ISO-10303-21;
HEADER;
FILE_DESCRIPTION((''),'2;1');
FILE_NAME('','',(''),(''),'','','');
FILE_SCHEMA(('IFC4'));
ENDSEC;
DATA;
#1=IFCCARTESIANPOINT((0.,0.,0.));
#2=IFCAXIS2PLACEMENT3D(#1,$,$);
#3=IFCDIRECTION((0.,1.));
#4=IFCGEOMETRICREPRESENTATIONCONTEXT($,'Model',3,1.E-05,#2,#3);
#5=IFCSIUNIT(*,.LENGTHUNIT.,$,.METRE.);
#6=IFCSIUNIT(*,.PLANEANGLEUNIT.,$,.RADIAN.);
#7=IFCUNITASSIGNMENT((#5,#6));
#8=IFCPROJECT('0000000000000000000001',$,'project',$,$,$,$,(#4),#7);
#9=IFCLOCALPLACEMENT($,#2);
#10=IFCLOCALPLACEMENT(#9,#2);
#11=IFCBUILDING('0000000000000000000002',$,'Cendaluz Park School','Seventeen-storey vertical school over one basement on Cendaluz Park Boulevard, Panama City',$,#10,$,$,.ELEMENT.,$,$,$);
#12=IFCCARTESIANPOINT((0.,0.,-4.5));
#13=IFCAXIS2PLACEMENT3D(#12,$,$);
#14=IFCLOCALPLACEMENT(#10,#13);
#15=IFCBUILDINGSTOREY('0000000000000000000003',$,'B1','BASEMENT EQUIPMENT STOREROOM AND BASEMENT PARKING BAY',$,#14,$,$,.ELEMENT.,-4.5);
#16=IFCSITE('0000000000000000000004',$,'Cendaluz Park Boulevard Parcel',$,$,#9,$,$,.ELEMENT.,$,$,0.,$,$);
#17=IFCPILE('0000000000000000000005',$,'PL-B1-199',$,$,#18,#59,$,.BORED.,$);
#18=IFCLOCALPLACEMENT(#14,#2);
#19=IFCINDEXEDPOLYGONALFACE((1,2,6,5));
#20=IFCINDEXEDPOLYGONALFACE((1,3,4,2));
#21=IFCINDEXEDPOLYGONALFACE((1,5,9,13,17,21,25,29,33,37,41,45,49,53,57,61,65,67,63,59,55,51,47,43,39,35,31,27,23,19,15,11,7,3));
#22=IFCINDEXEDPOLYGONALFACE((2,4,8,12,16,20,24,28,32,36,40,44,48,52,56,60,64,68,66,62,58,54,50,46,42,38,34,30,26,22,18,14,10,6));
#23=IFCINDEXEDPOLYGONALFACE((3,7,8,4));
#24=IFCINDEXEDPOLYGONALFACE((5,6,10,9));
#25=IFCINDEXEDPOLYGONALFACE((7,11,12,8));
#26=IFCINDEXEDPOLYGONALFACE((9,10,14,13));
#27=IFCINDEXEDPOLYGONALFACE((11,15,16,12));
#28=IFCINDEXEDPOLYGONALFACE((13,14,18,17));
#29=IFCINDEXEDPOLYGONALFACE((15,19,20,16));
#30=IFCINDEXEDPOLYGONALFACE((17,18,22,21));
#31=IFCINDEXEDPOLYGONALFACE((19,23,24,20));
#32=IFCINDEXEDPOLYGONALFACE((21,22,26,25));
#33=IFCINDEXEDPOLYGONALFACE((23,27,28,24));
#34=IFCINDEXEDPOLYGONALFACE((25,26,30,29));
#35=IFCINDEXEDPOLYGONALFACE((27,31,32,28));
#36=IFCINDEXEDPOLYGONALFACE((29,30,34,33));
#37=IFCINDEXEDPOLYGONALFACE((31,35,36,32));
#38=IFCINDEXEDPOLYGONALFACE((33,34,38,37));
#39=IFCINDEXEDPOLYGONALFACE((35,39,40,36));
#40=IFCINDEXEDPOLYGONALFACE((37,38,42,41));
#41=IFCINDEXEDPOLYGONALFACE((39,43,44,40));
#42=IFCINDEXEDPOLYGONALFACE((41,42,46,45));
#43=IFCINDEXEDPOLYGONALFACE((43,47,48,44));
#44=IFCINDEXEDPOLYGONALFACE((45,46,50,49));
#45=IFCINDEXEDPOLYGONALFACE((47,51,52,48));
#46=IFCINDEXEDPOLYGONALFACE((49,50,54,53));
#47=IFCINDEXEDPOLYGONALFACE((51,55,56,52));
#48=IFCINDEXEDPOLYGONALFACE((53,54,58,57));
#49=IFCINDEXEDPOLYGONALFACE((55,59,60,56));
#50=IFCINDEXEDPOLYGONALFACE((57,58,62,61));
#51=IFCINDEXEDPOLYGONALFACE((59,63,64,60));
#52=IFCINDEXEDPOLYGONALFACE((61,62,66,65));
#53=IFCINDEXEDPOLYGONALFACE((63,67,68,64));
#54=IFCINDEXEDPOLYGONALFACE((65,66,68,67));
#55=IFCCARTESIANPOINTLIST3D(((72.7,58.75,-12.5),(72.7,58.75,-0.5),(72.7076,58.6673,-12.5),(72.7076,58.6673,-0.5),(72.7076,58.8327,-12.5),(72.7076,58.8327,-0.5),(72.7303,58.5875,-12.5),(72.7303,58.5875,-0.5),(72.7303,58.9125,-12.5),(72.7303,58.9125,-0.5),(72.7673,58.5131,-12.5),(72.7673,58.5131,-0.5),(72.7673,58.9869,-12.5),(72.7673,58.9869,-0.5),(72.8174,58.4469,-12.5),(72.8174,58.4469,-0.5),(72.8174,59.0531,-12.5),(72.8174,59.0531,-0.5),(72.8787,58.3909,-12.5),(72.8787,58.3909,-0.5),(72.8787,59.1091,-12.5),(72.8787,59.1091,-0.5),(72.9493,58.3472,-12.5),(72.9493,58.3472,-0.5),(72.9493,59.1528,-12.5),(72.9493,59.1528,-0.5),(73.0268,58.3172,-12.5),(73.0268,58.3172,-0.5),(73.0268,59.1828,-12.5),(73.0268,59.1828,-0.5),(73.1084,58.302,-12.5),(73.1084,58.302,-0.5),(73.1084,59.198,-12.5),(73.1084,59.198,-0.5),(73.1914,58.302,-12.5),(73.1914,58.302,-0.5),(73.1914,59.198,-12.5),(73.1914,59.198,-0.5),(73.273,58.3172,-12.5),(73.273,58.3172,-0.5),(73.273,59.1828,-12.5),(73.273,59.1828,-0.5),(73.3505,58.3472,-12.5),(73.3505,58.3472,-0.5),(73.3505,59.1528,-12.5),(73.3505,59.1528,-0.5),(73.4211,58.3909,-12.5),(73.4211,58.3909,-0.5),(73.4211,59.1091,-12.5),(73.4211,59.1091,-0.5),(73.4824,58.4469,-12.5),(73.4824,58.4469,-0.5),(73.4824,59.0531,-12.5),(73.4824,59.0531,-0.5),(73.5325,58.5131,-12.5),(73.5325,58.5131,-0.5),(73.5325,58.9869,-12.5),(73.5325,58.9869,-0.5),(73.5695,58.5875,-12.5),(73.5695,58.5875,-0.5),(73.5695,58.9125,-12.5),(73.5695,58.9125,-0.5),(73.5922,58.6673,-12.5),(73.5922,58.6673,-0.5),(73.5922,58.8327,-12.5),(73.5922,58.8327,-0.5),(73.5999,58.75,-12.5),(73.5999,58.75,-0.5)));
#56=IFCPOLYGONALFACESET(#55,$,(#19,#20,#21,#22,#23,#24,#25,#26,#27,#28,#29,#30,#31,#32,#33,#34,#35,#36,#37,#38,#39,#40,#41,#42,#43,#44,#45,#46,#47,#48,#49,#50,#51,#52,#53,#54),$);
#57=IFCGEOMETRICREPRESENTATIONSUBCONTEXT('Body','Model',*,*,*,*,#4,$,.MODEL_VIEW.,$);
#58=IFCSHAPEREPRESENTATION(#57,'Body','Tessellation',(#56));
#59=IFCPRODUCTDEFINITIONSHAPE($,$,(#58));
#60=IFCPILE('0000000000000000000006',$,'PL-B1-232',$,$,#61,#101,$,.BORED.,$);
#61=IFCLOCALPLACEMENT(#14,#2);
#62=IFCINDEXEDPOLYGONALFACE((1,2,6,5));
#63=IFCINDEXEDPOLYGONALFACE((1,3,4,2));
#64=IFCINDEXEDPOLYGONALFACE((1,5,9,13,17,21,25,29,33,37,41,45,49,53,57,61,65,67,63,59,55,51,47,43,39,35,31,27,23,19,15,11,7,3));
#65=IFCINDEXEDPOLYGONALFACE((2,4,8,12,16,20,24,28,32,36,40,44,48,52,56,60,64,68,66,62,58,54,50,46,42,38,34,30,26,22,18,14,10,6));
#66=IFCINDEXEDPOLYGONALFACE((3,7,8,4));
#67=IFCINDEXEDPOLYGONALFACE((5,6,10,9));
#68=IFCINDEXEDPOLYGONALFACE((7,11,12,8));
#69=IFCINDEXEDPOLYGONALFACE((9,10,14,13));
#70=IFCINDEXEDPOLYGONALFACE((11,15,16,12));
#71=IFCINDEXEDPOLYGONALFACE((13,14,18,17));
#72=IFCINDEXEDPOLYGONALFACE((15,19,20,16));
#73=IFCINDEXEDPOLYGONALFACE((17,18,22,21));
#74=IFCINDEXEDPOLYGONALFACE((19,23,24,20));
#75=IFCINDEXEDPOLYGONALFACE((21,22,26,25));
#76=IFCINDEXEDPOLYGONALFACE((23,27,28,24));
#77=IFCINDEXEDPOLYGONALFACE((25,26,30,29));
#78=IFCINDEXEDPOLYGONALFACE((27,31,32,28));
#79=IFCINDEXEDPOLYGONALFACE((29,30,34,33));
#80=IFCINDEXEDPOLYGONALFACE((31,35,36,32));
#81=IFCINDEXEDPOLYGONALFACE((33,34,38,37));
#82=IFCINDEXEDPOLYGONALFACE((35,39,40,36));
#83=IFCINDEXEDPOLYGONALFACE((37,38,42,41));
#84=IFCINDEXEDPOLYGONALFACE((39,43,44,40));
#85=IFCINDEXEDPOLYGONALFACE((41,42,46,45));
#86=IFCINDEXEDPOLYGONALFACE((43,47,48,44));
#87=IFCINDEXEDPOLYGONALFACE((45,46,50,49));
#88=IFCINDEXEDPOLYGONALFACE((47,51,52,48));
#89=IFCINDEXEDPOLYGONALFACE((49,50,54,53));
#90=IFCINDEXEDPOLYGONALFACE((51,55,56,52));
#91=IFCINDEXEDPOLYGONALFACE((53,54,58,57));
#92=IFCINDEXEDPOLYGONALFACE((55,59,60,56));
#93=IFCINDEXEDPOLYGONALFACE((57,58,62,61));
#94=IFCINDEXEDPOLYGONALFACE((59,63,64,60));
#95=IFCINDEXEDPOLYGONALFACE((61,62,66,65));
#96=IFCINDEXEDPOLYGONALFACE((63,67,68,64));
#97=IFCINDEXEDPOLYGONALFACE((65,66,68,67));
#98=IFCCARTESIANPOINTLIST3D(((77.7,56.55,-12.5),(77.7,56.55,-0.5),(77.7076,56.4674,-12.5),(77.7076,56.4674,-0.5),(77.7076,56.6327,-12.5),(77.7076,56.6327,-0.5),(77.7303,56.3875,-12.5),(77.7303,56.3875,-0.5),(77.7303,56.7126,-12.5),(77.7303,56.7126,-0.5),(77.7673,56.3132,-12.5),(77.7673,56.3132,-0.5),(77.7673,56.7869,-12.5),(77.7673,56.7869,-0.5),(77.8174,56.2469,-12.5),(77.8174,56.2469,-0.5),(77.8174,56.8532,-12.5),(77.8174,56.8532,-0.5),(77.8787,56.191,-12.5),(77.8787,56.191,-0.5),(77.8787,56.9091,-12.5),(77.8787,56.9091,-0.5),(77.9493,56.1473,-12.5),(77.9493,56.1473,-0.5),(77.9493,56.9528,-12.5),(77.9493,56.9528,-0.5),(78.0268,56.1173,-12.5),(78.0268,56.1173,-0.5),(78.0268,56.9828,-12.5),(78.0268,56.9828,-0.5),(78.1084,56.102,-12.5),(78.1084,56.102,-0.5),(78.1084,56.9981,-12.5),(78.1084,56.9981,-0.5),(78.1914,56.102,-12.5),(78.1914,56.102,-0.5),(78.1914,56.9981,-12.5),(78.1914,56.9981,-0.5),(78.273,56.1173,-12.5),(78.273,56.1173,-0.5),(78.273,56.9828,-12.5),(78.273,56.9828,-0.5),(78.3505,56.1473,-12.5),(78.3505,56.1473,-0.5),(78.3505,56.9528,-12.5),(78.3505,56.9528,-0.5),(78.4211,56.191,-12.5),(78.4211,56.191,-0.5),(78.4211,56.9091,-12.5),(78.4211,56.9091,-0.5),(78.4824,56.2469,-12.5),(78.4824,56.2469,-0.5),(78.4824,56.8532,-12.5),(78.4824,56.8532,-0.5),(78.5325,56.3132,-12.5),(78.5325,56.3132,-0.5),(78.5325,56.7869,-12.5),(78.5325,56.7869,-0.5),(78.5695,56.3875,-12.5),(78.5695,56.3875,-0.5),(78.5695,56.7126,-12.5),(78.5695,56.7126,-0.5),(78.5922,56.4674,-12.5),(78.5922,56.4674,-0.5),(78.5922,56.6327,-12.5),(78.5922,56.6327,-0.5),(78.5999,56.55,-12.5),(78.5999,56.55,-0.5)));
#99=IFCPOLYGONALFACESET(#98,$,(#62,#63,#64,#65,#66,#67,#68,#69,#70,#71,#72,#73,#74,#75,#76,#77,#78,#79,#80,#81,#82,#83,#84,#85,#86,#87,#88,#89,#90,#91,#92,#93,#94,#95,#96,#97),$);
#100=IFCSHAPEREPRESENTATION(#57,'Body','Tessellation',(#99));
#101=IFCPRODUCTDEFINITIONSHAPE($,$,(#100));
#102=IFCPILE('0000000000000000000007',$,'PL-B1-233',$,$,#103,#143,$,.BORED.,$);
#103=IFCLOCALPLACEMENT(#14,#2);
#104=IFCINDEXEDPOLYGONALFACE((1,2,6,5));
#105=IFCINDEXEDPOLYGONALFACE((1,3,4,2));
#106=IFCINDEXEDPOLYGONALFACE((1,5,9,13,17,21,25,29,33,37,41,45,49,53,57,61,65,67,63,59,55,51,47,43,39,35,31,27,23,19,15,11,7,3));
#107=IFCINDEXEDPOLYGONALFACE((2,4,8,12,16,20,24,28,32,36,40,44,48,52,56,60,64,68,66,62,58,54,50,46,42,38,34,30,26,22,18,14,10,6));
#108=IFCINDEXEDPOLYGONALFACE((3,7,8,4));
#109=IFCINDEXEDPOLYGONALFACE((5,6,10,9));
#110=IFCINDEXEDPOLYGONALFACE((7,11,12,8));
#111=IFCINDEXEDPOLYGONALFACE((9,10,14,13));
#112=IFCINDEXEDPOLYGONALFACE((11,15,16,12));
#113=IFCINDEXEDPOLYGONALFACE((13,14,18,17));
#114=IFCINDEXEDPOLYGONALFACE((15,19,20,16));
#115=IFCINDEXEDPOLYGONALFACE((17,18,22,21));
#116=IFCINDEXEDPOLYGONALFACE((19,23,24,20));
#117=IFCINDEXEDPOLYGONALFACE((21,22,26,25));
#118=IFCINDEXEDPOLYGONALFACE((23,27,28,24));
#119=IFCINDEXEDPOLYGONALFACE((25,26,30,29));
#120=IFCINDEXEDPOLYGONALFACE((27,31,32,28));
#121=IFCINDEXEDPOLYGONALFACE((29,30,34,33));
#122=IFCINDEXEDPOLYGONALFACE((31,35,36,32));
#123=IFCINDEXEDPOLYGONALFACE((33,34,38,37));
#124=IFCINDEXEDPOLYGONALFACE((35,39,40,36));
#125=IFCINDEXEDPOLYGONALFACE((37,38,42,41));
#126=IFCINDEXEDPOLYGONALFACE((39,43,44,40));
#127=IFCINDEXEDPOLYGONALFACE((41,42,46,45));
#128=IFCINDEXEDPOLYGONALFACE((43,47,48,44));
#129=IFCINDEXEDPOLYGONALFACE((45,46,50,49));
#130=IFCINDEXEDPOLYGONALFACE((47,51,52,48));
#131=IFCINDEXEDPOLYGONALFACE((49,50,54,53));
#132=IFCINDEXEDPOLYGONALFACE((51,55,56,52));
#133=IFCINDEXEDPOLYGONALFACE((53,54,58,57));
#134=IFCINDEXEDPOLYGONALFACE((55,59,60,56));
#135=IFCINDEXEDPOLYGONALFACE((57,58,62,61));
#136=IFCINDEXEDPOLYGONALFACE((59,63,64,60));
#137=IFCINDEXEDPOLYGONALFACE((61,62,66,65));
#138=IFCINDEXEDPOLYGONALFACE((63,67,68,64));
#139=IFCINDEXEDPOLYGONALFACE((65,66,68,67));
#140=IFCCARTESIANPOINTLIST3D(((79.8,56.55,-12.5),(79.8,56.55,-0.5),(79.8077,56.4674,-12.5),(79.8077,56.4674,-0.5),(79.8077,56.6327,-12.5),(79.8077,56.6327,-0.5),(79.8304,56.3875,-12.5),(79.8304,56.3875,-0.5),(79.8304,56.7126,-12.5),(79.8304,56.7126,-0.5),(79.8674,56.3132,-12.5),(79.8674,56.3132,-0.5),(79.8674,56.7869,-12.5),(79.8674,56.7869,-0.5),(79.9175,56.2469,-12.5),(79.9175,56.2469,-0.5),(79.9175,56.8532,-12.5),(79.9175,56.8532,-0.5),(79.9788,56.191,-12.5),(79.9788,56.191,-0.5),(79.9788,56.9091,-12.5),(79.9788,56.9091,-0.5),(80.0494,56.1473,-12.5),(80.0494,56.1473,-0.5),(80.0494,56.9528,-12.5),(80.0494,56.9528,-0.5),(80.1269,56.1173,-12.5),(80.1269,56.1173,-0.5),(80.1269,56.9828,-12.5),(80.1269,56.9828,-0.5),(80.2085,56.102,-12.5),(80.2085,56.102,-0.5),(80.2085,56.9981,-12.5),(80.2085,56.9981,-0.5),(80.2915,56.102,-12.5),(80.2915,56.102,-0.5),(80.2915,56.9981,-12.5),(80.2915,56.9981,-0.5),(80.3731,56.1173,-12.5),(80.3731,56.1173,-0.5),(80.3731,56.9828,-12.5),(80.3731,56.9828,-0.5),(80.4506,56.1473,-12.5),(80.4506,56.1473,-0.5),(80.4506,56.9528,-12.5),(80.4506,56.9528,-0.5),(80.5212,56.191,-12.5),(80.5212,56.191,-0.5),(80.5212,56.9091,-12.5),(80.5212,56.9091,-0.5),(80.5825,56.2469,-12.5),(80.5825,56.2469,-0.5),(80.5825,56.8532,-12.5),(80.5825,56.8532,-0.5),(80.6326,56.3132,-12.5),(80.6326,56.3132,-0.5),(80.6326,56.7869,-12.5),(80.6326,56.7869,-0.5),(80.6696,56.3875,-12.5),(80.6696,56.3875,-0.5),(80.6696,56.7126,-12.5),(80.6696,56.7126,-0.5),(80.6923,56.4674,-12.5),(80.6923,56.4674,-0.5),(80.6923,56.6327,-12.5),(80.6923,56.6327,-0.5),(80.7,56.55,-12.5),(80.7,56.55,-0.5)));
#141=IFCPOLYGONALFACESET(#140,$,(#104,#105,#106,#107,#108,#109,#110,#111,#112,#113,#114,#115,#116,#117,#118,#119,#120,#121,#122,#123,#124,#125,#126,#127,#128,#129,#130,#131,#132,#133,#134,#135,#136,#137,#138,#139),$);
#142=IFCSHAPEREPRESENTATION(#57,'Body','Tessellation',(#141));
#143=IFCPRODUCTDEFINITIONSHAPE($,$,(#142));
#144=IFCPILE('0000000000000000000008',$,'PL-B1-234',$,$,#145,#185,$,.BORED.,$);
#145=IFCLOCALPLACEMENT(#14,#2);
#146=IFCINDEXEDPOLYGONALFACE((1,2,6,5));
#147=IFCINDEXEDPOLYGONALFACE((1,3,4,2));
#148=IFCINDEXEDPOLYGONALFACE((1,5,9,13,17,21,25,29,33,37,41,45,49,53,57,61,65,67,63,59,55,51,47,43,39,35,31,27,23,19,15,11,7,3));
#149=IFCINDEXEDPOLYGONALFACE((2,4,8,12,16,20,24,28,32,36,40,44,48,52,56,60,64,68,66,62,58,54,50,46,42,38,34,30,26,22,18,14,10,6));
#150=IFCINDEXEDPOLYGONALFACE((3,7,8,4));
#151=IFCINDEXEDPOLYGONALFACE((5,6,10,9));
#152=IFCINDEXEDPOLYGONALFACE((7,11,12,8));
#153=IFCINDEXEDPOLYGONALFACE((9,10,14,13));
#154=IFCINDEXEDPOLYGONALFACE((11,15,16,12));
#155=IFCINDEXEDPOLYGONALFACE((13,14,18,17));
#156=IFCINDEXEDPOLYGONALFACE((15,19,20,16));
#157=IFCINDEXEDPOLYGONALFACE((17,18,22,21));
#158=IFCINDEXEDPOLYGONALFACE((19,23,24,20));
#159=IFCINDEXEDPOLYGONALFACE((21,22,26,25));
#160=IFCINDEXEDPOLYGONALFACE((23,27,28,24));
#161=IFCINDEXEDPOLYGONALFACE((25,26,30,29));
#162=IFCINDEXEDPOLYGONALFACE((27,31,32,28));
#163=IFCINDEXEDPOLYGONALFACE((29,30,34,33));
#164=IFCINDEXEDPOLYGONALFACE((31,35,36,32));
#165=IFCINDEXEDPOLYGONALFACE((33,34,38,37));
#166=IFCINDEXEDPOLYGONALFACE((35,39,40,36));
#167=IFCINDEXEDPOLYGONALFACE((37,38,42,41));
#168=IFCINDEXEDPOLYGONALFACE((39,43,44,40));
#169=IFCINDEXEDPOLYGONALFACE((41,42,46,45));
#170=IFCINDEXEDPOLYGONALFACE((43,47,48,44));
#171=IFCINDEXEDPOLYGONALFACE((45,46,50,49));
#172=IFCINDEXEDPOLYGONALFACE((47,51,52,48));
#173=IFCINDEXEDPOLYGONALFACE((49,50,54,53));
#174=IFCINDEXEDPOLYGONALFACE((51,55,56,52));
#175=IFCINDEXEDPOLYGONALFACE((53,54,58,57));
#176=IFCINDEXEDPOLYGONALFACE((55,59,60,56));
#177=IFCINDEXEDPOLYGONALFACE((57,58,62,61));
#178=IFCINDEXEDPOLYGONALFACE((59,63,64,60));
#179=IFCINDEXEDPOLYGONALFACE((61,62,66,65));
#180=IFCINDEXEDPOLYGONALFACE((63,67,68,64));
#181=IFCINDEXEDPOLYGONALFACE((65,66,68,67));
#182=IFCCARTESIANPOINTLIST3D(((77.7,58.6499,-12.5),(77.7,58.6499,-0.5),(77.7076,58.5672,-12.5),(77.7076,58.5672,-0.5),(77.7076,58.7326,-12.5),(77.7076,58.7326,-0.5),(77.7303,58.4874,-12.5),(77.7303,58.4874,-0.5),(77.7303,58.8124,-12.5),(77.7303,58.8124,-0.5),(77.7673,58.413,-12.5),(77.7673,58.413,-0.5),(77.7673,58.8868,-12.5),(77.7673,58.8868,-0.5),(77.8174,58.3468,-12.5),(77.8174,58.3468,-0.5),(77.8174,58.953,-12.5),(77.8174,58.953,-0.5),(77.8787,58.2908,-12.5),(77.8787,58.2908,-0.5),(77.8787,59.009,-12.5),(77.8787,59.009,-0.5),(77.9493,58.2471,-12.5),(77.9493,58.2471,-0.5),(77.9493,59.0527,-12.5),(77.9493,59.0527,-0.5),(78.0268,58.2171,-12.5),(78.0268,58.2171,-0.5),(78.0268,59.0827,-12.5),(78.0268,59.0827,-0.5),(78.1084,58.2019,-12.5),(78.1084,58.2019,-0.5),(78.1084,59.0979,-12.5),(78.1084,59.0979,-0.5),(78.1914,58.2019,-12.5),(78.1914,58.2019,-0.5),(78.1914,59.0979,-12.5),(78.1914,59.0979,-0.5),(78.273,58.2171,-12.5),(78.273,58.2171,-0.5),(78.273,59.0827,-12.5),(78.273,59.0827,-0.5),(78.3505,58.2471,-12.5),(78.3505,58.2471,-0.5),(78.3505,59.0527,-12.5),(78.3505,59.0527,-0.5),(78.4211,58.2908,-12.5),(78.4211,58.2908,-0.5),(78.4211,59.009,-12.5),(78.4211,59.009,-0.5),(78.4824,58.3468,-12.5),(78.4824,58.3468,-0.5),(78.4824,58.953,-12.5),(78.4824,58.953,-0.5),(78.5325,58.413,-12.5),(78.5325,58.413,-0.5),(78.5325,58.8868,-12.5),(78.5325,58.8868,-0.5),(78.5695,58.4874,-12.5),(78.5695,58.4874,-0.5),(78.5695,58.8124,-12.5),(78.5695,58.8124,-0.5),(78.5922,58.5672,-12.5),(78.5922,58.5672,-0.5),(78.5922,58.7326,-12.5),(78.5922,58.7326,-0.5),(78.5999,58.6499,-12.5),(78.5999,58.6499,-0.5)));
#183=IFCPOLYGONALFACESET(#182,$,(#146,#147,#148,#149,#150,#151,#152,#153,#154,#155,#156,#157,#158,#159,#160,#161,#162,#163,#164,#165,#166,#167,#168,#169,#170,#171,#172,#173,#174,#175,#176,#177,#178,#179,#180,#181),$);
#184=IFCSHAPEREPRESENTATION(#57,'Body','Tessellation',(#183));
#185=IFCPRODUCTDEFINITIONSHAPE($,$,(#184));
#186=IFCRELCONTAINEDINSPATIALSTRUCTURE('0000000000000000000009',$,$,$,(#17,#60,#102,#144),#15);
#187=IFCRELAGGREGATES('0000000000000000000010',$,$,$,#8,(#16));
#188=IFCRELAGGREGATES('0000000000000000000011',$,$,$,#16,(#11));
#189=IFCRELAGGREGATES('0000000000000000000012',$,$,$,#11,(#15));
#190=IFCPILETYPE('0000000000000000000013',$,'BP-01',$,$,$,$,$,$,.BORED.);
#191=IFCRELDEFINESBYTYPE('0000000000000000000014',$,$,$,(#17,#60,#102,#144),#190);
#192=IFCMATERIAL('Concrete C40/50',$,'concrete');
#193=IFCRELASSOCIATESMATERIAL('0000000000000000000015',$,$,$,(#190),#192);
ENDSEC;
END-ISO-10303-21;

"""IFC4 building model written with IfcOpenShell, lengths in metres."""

from ifc_helpers import new_model, si_unit, direction, frame, origin, origin_2d, place, context, subcontext, project, spatial, circle, extrude, material, material_profile, profile_set, type_object, element, save


model = new_model("IFC4")

# Units and contexts
model_context = context("Model", 3, precision=1e-05, world=origin(), true_north=direction((0.0, 1.0)))
body_context = subcontext(model_context, "Body", "Model", "MODEL_VIEW")
ifc_project = project(units=[si_unit("LENGTHUNIT", "METRE"), si_unit("PLANEANGLEUNIT", "RADIAN")], contexts=[model_context])

# Site, building, storey
site_placement = place(None, origin())
site = spatial("IfcSite", under=ifc_project, at=site_placement, Name="Cendaluz Park Boulevard Parcel", CompositionType="ELEMENT", RefElevation=0.0)
building_placement = place(site_placement, origin())
building = spatial("IfcBuilding", under=site, at=building_placement, Name="Cendaluz Park School", Description="Seventeen-storey vertical school over one basement on Cendaluz Park Boulevard, Panama City", CompositionType="ELEMENT")
storey_placement = place(building_placement, frame((0.0, 0.0, -4.5)))
storey = spatial("IfcBuildingStorey", under=building, at=storey_placement, Name="B1", Description="BASEMENT EQUIPMENT STOREROOM AND BASEMENT PARKING BAY", CompositionType="ELEMENT", Elevation=-4.5)

# Piles
ifc_material_1 = material(Name="Concrete C40/50", Category="concrete")
ifc_material_profile_1 = material_profile(ifc_material_1, circle(Radius=0.45, at=origin_2d()), Name="BP D900", Category="concrete")
ifc_profile_set_1 = profile_set([ifc_material_profile_1], Name="Concrete C40/50")
pile_type = type_object("IfcPileType", Name="BP-01", PredefinedType="BORED", material=ifc_profile_set_1)
for number, where, z_axis, x_axis, name in (
    (1, (73.1499, 58.75, -0.5), (0.0, 0.0, -1.0), (1.0, 0.0, 0.0), "PL-B1-199"),
    (2, (78.1499, 56.55, -0.5), (0.0, 0.0, -1.0), (1.0, 0.0, 0.0), "PL-B1-232"),
    (3, (80.25, 56.55, -0.5), (0.0, 0.0, -1.0), (1.0, 0.0, 0.0), "PL-B1-233"),
    (4, (78.1499, 58.6499, -0.5), (0.0, 0.0, -1.0), (1.0, 0.0, 0.0), "PL-B1-234"),
):
    element("IfcPile", number, at=place(storey_placement, frame(where, z_axis=z_axis, x_axis=x_axis)), inside=storey, type_object=pile_type, Name=name, PredefinedType="BORED", context=body_context, shape_type="SweptSolid", body=[
        extrude(circle(Radius=0.45, at=origin_2d()), origin(), (0.0, 0.0, 1.0), 12.0),
    ])

save(model, "model.ifc")
